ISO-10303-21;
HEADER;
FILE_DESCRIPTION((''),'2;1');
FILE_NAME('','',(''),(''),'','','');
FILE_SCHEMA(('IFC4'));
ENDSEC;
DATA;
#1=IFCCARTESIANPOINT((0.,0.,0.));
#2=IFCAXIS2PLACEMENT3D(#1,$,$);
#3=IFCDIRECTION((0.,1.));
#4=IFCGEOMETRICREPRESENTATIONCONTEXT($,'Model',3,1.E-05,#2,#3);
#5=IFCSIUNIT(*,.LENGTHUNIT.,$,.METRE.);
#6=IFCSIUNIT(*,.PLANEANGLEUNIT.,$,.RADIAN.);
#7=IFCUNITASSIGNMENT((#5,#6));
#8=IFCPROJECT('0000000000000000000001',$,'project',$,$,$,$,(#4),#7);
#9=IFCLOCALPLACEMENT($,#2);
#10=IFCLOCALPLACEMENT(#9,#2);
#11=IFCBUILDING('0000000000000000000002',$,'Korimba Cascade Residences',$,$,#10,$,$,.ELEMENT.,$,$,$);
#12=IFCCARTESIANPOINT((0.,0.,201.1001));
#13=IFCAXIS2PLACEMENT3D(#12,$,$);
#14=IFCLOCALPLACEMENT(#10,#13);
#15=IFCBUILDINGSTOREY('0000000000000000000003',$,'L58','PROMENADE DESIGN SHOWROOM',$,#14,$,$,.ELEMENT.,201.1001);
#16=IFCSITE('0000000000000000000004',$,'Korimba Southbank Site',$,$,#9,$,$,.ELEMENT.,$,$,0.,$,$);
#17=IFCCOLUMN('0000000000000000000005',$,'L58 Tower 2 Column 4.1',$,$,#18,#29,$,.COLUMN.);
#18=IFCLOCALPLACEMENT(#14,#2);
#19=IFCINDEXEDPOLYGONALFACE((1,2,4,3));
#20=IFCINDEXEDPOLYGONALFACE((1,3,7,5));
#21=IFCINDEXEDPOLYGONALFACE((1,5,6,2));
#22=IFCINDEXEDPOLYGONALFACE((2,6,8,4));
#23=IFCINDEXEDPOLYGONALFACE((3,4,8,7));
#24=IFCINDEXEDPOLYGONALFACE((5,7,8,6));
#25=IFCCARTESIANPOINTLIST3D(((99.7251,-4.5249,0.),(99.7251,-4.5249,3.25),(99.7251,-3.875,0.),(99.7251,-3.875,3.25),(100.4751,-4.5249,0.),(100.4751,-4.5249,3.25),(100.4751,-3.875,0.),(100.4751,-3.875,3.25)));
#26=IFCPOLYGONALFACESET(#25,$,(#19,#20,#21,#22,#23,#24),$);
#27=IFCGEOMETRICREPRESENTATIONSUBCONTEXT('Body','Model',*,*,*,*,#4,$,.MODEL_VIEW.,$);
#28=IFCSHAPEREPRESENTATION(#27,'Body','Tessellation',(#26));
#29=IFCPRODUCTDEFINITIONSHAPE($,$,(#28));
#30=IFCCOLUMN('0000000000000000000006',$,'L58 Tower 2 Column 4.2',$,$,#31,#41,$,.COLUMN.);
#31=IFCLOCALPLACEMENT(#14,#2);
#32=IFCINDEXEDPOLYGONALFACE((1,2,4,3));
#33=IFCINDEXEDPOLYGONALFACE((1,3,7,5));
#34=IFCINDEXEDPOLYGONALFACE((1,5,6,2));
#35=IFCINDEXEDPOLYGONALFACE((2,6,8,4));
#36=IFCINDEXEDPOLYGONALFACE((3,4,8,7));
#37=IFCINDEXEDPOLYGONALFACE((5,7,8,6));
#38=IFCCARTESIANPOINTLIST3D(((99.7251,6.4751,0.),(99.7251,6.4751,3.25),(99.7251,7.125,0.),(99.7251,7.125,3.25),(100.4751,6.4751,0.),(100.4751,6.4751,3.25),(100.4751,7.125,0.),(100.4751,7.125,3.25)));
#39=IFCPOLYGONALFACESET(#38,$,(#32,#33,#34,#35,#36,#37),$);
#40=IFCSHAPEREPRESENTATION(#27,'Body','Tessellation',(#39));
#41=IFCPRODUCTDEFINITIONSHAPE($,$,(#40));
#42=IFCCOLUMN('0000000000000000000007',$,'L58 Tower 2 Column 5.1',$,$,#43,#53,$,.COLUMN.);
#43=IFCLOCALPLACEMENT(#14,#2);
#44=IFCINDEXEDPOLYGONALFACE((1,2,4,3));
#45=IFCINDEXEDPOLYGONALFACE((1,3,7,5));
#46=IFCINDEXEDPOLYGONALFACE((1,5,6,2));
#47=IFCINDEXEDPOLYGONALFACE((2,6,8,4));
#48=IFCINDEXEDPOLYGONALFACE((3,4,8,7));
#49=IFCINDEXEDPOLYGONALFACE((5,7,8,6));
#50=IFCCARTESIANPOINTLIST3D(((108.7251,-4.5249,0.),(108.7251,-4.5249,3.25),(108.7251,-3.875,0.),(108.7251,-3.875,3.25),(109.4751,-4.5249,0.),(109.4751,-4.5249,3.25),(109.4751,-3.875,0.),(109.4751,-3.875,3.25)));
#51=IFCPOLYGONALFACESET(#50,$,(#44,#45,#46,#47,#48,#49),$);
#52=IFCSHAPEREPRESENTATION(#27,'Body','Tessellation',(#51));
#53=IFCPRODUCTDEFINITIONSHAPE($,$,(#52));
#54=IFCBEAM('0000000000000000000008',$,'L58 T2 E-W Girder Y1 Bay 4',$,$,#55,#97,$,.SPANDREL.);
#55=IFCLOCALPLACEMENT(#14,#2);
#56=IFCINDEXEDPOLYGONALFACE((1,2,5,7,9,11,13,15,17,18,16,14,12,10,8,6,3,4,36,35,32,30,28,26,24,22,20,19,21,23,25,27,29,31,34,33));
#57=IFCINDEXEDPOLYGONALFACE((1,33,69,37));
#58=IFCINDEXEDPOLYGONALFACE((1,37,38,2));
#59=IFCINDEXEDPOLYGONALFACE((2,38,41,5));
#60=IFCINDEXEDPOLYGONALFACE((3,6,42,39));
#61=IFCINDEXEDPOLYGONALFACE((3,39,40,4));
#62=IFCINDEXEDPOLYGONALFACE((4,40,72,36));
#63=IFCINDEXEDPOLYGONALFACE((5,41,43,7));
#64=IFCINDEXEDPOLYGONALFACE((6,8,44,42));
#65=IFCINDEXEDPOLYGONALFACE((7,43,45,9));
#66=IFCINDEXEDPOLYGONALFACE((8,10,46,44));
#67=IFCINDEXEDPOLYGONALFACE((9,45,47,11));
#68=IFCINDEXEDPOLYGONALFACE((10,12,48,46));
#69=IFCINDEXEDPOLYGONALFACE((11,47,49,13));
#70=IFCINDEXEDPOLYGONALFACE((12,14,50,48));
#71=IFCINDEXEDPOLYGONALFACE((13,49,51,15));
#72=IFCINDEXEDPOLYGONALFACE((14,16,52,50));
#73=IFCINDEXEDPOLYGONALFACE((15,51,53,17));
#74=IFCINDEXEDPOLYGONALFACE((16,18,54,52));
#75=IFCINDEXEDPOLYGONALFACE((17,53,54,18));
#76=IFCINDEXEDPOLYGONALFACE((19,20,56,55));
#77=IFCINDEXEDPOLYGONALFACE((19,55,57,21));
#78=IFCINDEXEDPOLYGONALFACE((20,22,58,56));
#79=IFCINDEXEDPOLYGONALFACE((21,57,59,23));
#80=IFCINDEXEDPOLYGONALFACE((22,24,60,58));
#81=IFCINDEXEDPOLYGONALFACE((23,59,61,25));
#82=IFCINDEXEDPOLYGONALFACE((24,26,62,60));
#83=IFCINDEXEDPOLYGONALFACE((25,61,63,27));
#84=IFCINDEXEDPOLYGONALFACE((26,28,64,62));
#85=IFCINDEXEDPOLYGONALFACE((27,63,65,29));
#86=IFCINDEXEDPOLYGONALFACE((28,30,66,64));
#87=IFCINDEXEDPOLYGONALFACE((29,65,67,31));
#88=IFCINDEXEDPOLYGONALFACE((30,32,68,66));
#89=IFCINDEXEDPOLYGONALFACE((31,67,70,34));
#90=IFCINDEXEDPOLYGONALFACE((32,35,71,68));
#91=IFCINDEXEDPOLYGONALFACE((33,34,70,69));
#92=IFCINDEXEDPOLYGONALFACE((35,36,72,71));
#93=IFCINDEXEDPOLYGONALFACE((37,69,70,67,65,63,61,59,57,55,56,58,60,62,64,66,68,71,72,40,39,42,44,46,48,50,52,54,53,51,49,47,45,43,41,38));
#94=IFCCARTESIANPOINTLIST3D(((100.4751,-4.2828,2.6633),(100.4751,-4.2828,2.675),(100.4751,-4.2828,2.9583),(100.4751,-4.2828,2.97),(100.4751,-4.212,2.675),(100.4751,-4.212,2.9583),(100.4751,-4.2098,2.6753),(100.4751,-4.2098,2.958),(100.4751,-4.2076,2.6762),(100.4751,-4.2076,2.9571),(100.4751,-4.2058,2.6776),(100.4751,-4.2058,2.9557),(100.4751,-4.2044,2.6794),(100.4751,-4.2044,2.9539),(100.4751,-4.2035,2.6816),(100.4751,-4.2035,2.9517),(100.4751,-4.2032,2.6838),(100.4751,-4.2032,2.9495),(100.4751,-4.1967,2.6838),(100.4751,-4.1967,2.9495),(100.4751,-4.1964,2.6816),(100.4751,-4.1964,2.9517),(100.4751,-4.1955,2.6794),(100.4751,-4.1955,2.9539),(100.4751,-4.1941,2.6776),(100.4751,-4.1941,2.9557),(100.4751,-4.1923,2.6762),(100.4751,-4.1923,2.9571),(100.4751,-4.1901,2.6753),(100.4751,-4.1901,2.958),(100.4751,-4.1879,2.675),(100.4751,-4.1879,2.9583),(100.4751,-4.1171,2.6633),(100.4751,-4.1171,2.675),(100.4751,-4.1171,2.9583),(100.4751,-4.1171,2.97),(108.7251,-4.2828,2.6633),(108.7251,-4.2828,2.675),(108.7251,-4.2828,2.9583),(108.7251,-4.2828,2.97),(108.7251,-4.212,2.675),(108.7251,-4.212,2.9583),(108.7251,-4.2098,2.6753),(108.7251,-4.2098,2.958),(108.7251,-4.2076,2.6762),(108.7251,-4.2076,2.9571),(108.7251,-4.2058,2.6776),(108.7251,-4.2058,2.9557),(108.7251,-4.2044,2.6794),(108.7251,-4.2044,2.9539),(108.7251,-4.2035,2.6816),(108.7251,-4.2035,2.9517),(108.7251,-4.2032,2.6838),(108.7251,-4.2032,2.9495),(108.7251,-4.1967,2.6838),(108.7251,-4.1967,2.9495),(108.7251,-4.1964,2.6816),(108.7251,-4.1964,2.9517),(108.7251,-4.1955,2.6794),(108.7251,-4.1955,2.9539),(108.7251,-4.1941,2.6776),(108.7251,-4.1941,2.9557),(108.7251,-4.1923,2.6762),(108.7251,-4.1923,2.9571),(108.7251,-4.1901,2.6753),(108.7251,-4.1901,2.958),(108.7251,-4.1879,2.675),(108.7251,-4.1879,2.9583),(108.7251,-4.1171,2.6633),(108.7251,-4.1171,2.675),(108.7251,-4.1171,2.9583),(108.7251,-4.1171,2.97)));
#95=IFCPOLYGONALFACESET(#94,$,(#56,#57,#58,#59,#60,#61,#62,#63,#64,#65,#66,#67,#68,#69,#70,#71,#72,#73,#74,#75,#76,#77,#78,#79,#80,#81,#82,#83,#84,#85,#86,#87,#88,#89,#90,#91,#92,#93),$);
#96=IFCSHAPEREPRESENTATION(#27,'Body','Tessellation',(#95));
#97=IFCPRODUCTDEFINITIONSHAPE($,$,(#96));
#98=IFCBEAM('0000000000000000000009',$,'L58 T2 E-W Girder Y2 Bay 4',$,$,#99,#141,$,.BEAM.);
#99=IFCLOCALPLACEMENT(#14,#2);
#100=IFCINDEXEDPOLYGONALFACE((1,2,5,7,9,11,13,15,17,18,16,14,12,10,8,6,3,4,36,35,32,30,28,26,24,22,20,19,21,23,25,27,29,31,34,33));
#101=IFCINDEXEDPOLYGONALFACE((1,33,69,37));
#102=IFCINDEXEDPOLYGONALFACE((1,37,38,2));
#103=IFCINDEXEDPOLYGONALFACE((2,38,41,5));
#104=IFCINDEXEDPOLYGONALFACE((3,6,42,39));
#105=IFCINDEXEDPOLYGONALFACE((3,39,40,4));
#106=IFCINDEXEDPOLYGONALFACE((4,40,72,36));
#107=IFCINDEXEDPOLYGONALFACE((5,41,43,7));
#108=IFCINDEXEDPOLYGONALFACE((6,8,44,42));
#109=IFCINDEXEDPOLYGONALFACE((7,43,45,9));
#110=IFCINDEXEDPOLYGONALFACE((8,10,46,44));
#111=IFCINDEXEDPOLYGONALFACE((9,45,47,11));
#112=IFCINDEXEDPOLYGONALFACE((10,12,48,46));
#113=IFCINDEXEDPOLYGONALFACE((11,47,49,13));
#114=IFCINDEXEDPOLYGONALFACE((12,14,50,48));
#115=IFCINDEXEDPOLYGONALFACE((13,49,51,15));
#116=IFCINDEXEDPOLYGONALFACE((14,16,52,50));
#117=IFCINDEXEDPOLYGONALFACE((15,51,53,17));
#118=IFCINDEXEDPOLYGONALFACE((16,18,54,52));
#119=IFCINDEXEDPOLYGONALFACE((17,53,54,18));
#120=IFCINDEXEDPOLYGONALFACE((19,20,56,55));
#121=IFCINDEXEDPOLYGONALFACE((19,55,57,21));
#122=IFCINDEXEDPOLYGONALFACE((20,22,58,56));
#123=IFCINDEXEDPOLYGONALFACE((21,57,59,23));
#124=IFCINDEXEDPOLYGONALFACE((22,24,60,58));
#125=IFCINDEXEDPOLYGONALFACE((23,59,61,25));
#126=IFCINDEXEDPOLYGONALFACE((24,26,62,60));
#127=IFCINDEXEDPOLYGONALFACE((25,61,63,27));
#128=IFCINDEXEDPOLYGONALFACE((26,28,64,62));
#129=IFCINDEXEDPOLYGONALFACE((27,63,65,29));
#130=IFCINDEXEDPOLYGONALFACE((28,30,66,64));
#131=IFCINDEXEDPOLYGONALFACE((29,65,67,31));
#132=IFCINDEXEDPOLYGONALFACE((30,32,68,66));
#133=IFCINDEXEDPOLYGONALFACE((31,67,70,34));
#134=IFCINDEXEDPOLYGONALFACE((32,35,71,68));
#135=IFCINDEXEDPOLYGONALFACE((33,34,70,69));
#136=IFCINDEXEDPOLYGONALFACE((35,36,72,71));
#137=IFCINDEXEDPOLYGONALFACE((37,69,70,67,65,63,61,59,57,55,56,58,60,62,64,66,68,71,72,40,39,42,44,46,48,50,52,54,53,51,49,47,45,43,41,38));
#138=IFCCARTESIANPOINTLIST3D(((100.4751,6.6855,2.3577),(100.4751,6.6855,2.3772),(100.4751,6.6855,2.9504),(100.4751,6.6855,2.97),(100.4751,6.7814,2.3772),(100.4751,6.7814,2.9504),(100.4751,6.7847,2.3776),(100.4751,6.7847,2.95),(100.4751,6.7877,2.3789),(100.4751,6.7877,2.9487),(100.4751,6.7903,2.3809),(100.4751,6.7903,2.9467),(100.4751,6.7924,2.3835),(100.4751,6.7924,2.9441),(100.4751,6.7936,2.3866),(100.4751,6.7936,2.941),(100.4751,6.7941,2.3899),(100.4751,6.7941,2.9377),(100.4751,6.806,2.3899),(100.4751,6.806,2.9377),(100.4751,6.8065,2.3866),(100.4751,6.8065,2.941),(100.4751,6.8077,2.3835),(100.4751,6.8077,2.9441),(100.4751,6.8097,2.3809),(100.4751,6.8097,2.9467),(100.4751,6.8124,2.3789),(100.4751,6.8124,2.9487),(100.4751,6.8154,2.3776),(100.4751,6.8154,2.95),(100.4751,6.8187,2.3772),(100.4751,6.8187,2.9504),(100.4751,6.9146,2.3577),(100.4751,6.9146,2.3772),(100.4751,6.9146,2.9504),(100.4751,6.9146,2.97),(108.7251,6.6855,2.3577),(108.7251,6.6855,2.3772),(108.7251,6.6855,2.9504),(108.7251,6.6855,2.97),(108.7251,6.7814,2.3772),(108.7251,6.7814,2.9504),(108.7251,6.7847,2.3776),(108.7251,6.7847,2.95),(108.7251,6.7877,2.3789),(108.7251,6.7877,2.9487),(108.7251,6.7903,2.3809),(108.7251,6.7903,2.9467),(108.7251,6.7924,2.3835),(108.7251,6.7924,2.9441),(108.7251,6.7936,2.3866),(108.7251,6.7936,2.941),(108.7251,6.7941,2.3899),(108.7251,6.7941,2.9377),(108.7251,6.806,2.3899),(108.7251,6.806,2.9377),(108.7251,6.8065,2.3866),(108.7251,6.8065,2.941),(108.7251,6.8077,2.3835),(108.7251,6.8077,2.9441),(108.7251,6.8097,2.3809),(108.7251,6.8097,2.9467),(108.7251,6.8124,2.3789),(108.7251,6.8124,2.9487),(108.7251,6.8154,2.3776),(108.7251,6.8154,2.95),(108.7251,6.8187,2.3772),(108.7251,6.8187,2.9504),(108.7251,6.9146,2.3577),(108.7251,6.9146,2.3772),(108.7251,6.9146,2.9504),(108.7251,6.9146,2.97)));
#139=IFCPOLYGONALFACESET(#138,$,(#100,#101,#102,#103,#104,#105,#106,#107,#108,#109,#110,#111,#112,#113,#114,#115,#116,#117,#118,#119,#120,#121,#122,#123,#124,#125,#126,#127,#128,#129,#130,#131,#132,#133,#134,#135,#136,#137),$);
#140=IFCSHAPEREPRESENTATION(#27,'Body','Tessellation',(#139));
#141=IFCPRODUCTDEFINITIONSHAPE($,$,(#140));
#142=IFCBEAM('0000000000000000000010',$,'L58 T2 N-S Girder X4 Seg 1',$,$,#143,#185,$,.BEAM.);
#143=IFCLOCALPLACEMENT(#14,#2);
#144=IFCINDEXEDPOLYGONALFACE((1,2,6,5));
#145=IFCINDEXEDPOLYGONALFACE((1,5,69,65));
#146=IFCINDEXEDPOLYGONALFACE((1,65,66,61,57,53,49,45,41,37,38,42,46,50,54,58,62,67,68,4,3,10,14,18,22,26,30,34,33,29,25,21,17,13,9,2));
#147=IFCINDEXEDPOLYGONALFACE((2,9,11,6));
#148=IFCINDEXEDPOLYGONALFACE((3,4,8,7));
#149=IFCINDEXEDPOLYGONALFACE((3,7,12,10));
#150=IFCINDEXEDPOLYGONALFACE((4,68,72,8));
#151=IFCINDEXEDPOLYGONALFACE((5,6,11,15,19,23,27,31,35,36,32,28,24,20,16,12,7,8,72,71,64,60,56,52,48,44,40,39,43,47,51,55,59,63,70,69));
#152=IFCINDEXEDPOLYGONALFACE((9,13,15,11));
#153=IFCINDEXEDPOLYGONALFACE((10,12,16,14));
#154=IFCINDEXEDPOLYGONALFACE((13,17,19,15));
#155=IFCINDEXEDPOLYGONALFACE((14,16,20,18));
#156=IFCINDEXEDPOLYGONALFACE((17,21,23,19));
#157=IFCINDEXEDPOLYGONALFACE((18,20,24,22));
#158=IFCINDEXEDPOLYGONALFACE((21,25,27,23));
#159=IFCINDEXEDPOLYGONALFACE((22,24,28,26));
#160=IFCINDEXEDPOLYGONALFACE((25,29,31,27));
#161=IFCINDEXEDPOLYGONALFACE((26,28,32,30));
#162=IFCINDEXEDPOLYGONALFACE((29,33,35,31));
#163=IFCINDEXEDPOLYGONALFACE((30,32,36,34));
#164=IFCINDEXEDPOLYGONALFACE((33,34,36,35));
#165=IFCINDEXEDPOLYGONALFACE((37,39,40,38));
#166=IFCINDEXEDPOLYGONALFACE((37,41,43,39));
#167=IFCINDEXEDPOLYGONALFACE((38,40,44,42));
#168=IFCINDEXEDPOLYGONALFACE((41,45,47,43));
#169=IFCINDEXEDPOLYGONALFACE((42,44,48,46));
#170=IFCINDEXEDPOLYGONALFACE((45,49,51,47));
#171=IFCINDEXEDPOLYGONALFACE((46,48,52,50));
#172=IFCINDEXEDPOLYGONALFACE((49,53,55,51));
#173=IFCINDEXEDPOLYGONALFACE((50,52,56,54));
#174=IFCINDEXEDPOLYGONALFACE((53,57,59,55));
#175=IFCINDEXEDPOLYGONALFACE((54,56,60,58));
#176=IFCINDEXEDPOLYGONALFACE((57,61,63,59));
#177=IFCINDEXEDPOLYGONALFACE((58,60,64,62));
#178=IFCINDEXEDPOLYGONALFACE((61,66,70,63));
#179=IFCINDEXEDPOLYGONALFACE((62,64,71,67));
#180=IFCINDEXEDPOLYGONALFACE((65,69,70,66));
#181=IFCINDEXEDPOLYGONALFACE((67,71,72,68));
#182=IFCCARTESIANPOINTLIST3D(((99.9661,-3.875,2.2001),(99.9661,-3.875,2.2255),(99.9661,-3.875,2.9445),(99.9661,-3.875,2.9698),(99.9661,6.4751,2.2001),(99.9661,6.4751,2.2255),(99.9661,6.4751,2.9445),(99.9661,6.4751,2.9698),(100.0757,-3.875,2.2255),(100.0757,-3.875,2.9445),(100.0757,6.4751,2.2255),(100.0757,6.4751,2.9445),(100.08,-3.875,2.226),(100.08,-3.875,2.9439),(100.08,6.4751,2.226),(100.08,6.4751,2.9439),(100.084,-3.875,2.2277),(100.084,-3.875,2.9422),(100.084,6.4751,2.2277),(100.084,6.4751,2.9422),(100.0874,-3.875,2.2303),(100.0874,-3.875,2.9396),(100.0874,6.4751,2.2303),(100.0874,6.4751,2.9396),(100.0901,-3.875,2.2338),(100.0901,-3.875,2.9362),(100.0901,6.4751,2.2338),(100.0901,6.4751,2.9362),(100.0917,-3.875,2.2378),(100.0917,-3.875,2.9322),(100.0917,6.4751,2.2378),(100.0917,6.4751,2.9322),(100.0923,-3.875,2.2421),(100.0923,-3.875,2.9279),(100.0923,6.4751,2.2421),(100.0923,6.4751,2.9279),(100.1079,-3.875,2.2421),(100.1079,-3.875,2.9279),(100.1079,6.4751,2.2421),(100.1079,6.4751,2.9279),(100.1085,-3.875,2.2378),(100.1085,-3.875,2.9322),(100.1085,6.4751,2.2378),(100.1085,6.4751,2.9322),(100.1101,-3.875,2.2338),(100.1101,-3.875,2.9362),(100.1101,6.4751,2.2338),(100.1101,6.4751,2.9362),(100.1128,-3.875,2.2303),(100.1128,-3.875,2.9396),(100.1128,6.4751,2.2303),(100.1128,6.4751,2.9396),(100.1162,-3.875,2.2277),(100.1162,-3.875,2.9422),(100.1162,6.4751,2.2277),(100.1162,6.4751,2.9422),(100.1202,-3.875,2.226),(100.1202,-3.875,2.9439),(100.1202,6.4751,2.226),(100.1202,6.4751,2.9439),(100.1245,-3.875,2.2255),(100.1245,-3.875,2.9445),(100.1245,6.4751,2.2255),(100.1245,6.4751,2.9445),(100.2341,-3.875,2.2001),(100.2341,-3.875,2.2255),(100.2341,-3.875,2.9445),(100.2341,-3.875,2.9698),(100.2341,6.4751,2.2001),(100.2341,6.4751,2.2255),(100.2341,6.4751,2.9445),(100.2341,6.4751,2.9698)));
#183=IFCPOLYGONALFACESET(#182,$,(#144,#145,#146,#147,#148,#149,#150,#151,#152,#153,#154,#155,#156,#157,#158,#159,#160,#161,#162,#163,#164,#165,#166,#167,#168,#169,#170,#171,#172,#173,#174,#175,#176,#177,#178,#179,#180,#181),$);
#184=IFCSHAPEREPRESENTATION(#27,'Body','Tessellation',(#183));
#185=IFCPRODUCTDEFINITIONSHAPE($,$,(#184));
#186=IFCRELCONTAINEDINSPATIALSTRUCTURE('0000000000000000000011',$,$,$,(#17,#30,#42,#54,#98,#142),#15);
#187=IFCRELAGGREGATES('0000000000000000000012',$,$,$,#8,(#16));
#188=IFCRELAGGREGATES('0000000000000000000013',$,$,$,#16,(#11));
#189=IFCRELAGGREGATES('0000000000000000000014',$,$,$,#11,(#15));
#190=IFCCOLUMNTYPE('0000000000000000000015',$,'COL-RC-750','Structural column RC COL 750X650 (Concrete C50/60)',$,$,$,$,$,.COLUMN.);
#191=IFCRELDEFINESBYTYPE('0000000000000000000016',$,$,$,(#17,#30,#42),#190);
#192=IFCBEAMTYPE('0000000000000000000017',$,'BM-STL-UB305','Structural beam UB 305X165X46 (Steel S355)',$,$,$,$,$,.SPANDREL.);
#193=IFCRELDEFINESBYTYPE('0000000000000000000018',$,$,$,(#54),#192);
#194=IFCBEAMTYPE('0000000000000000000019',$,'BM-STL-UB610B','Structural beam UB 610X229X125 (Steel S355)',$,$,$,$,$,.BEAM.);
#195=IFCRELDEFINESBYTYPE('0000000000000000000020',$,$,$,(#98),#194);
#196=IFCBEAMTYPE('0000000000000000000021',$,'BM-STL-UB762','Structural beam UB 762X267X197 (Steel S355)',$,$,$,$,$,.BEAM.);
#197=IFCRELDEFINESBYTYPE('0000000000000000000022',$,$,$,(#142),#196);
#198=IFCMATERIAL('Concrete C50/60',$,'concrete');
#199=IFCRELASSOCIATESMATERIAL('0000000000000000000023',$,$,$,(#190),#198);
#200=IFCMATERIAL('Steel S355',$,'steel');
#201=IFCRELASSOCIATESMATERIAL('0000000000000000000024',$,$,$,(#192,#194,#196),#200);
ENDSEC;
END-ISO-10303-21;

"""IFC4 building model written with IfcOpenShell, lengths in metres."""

from ifc_helpers import new_model, si_unit, direction, frame, origin, origin_2d, place, context, subcontext, project, spatial, rectangle, i_section, extrude, material, material_profile, profile_set, type_object, element, save


model = new_model("IFC4")

# Units and contexts
model_context = context("Model", 3, precision=1e-05, world=origin(), true_north=direction((0.0, 1.0)))
body_context = subcontext(model_context, "Body", "Model", "MODEL_VIEW")
ifc_project = project(units=[si_unit("LENGTHUNIT", "METRE"), si_unit("PLANEANGLEUNIT", "RADIAN")], contexts=[model_context])

# Site, building, storey
site_placement = place(None, origin())
site = spatial("IfcSite", under=ifc_project, at=site_placement, Name="Korimba Southbank Site", CompositionType="ELEMENT", RefElevation=0.0)
building_placement = place(site_placement, origin())
building = spatial("IfcBuilding", under=site, at=building_placement, Name="Korimba Cascade Residences", CompositionType="ELEMENT")
storey_placement = place(building_placement, frame((0.0, 0.0, 201.1001)))
storey = spatial("IfcBuildingStorey", under=building, at=storey_placement, Name="L58", Description="PROMENADE DESIGN SHOWROOM", CompositionType="ELEMENT", Elevation=201.1001)

# Columns
ifc_material_1 = material(Name="Concrete C50/60", Category="concrete")
ifc_material_profile_1 = material_profile(ifc_material_1, rectangle(XDim=0.75, YDim=0.6499, at=origin_2d()), Name="Concrete C50/60")
ifc_profile_set_1 = profile_set([ifc_material_profile_1], Name="Concrete C50/60")
column_type = type_object("IfcColumnType", Name="COL-RC-750", Description="Structural column RC COL 750X650 (Concrete C50/60)", PredefinedType="COLUMN", material=ifc_profile_set_1)
for number, where, z_axis, x_axis, name in (
    (1, (100.1001, -4.2, 0.0), (0.0, 0.0, 1.0), (1.0, 0.0, 0.0), "L58 Tower 2 Column 4.1"),
    (2, (100.1001, 6.8, 0.0), (0.0, 0.0, 1.0), (1.0, 0.0, 0.0), "L58 Tower 2 Column 4.2"),
    (3, (109.1001, -4.2, 0.0), (0.0, 0.0, 1.0), (1.0, 0.0, 0.0), "L58 Tower 2 Column 5.1"),
):
    element("IfcColumn", number, at=place(storey_placement, frame(where, z_axis=z_axis, x_axis=x_axis)), inside=storey, type_object=column_type, Name=name, PredefinedType="COLUMN", context=body_context, shape_type="SweptSolid", body=[
        extrude(rectangle(XDim=0.75, YDim=0.6499, at=origin_2d()), origin(), (0.0, 0.0, 1.0), 3.25),
    ])

# Beams
ifc_material_2 = material(Name="Steel S355", Category="steel")
ifc_material_profile_2 = material_profile(ifc_material_2, i_section(OverallWidth=0.1658, OverallDepth=0.3066, WebThickness=0.0066, FlangeThickness=0.0117, FilletRadius=0.0088, at=origin_2d()), Name="Steel S355")
ifc_profile_set_2 = profile_set([ifc_material_profile_2], Name="Steel S355")
beam_type_1 = type_object("IfcBeamType", Name="BM-STL-UB305", Description="Structural beam UB 305X165X46 (Steel S355)", PredefinedType="SPANDREL", material=ifc_profile_set_2)
beam_1_placement = place(storey_placement, frame((100.4751, -4.2, 2.8167), z_axis=(1.0, 0.0, 0.0), x_axis=(0.0, 1.0, 0.0)))
element("IfcBeam", 4, at=beam_1_placement, inside=storey, type_object=beam_type_1, Name="L58 T2 E-W Girder Y1 Bay 4", PredefinedType="SPANDREL", context=body_context, shape_type="SweptSolid", body=[
    extrude(i_section(OverallWidth=0.1658, OverallDepth=0.3066, WebThickness=0.0066, FlangeThickness=0.0117, FilletRadius=0.0088, at=origin_2d()), origin(), (0.0, 0.0, 1.0), 8.25),
])
ifc_material_profile_3 = material_profile(ifc_material_2, i_section(OverallWidth=0.229, OverallDepth=0.6123, WebThickness=0.012, FlangeThickness=0.0195, FilletRadius=0.0127, at=origin_2d()), Name="Steel S355")
ifc_profile_set_3 = profile_set([ifc_material_profile_3], Name="Steel S355")
beam_type_2 = type_object("IfcBeamType", Name="BM-STL-UB610B", Description="Structural beam UB 610X229X125 (Steel S355)", PredefinedType="BEAM", material=ifc_profile_set_3)
beam_2_placement = place(storey_placement, frame((100.4751, 6.8, 2.6638), z_axis=(1.0, 0.0, 0.0), x_axis=(0.0, 1.0, 0.0)))
element("IfcBeam", 5, at=beam_2_placement, inside=storey, type_object=beam_type_2, Name="L58 T2 E-W Girder Y2 Bay 4", PredefinedType="BEAM", context=body_context, shape_type="SweptSolid", body=[
    extrude(i_section(OverallWidth=0.229, OverallDepth=0.6123, WebThickness=0.012, FlangeThickness=0.0195, FilletRadius=0.0127, at=origin_2d()), origin(), (0.0, 0.0, 1.0), 8.25),
])
ifc_material_profile_4 = material_profile(ifc_material_2, i_section(OverallWidth=0.2681, OverallDepth=0.7698, WebThickness=0.0156, FlangeThickness=0.0254, FilletRadius=0.0166, at=origin_2d()), Name="Steel S355")
ifc_profile_set_4 = profile_set([ifc_material_profile_4], Name="Steel S355")
beam_type_3 = type_object("IfcBeamType", Name="BM-STL-UB762", Description="Structural beam UB 762X267X197 (Steel S355)", PredefinedType="BEAM", material=ifc_profile_set_4)
beam_3_placement = place(storey_placement, frame((100.1001, -3.875, 2.585), z_axis=(0.0, 1.0, 0.0), x_axis=(-1.0, 0.0, 0.0)))
element("IfcBeam", 6, at=beam_3_placement, inside=storey, type_object=beam_type_3, Name="L58 T2 N-S Girder X4 Seg 1", PredefinedType="BEAM", context=body_context, shape_type="SweptSolid", body=[
    extrude(i_section(OverallWidth=0.2681, OverallDepth=0.7698, WebThickness=0.0156, FlangeThickness=0.0254, FilletRadius=0.0166, at=origin_2d()), origin(), (0.0, 0.0, 1.0), 10.3501),
])

save(model, "model.ifc")
